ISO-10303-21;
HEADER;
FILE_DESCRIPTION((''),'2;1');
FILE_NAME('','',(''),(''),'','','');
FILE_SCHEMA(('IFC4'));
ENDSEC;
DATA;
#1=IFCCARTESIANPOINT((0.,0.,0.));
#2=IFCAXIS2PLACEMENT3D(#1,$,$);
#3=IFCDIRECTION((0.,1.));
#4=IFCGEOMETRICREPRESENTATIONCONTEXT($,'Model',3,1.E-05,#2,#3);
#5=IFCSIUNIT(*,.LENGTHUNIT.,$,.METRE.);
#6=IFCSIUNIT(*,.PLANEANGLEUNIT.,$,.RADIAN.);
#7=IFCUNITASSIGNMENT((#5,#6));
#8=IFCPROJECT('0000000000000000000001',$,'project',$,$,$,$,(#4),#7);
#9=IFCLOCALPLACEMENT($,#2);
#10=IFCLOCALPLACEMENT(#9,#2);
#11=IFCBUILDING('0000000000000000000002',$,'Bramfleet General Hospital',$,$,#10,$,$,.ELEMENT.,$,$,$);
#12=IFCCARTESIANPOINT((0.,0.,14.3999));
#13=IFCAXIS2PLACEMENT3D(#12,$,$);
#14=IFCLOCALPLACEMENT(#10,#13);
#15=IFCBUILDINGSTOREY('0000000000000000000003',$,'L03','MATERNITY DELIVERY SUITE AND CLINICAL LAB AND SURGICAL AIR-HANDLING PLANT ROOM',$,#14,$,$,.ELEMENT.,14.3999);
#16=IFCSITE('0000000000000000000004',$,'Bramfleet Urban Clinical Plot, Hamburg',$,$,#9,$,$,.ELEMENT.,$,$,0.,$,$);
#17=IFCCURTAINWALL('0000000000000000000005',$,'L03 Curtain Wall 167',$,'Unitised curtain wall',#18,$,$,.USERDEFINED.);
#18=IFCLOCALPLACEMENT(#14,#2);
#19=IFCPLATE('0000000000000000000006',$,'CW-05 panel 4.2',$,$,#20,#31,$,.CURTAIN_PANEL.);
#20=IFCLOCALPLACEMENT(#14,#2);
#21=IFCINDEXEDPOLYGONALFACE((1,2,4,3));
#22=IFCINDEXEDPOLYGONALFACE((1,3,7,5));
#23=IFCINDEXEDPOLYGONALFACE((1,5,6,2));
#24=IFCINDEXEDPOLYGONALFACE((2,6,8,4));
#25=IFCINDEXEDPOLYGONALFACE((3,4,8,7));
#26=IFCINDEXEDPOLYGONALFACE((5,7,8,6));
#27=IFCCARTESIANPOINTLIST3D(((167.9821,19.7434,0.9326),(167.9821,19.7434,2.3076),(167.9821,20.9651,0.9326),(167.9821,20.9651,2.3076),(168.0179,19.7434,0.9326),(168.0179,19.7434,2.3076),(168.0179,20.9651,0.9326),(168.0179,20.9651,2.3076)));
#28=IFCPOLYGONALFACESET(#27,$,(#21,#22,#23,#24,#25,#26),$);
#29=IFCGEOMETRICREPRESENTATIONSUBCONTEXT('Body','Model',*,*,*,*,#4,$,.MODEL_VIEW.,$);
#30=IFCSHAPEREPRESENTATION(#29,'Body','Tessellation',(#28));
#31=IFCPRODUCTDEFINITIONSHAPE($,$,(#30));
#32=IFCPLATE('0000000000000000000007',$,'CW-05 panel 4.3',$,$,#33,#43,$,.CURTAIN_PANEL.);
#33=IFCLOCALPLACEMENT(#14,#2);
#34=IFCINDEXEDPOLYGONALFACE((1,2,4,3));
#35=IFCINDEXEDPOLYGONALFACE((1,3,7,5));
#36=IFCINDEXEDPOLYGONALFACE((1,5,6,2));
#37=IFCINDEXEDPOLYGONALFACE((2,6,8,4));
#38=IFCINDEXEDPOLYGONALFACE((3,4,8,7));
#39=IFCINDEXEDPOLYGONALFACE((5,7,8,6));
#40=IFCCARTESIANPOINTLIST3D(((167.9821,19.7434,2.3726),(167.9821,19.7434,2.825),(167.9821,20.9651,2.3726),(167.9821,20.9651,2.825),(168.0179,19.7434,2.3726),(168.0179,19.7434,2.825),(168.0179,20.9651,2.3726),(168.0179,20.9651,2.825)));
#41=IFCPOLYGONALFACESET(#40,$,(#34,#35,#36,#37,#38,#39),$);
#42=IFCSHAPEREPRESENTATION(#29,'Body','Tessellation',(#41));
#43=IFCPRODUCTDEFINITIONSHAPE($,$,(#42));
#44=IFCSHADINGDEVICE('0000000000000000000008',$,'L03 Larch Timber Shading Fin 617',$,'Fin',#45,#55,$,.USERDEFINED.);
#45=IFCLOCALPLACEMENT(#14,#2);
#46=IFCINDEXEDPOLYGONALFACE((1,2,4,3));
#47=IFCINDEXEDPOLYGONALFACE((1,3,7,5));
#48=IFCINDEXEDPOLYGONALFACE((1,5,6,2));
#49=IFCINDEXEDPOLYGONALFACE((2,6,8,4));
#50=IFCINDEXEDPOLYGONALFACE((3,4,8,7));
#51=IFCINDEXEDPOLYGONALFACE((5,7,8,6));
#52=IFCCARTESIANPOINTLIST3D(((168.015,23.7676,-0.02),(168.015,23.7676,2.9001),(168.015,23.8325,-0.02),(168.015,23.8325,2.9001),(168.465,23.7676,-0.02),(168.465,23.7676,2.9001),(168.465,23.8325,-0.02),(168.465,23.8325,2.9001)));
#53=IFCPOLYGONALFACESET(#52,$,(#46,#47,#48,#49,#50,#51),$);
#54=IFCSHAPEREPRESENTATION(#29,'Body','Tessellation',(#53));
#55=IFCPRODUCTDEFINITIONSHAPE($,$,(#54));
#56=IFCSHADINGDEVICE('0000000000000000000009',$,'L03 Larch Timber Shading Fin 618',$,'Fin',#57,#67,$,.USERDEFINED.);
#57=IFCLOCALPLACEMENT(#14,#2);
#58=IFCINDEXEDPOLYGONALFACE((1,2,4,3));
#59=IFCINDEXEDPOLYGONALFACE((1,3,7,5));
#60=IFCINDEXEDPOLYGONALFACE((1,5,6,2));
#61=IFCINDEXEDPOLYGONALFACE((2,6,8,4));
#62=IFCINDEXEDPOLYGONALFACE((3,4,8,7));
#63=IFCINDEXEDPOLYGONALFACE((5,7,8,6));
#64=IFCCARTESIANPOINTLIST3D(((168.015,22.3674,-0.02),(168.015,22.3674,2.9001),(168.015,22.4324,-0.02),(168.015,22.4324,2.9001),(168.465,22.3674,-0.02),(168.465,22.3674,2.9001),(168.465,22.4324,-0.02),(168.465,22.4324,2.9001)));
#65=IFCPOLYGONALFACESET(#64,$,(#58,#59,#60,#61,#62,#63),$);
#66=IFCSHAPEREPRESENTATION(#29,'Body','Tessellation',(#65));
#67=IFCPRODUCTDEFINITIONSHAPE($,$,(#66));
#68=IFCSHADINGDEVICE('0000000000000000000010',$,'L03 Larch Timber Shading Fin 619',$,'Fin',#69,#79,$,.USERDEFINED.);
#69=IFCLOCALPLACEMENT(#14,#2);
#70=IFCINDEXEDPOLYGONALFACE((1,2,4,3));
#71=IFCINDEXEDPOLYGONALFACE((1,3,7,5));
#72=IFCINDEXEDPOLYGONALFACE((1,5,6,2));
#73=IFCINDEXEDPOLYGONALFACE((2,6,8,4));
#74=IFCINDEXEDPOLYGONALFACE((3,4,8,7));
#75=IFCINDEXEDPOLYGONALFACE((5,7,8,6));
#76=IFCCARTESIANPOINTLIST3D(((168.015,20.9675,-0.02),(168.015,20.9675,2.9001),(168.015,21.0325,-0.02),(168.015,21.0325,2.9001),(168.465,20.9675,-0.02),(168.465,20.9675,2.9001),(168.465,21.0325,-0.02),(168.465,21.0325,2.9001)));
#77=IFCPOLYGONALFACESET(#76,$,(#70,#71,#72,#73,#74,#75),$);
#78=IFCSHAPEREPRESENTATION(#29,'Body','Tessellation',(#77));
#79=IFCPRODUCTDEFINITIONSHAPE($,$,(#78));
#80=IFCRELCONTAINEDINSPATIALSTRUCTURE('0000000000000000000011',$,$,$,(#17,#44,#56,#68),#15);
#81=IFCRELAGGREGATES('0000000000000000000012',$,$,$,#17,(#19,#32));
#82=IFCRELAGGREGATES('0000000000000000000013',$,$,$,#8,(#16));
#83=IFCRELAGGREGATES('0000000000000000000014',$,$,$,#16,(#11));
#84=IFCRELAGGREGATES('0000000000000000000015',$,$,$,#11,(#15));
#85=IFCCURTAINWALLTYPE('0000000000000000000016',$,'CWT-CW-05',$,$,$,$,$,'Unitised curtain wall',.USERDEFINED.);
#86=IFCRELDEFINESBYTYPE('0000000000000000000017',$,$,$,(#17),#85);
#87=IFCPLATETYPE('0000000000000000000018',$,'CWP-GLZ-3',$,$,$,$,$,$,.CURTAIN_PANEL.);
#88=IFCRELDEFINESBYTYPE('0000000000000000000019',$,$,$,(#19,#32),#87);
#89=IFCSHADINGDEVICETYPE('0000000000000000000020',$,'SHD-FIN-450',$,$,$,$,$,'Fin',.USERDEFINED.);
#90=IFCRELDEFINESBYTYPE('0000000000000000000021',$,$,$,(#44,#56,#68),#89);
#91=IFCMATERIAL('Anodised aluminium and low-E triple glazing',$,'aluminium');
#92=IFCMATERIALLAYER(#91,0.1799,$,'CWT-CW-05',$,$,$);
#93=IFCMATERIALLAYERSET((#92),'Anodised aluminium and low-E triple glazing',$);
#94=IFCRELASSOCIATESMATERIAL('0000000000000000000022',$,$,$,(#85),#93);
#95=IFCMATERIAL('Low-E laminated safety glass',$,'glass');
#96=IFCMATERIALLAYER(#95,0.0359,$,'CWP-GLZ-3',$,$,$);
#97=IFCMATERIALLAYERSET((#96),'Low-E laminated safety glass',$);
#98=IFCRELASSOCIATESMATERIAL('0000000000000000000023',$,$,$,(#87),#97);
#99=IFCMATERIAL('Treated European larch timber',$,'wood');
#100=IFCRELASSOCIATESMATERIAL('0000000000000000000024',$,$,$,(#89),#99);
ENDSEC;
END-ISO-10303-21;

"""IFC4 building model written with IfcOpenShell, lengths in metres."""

from ifc_helpers import new_model, si_unit, direction, frame, origin, origin_2d, place, context, subcontext, project, spatial, rectangle, extrude, material, layer, layer_set, material_profile, profile_set, type_object, element, aggregate, save


model = new_model("IFC4")

# Units and contexts
model_context = context("Model", 3, precision=1e-05, world=origin(), true_north=direction((0.0, 1.0)))
body_context = subcontext(model_context, "Body", "Model", "MODEL_VIEW")
ifc_project = project(units=[si_unit("LENGTHUNIT", "METRE"), si_unit("PLANEANGLEUNIT", "RADIAN")], contexts=[model_context])

# Site, building, storey
site_placement = place(None, origin())
site = spatial("IfcSite", under=ifc_project, at=site_placement, Name="Bramfleet Urban Clinical Plot, Hamburg", CompositionType="ELEMENT", RefElevation=0.0)
building_placement = place(site_placement, origin())
building = spatial("IfcBuilding", under=site, at=building_placement, Name="Bramfleet General Hospital", CompositionType="ELEMENT")
storey_placement = place(building_placement, frame((0.0, 0.0, 14.3999)))
storey = spatial("IfcBuildingStorey", under=building, at=storey_placement, Name="L03", Description="MATERNITY DELIVERY SUITE AND CLINICAL LAB AND SURGICAL AIR-HANDLING PLANT ROOM", CompositionType="ELEMENT", Elevation=14.3999)

# Curtain wall, plates
ifc_material_1 = material(Name="Anodised aluminium and low-E triple glazing", Category="aluminium")
ifc_layer_1 = layer(ifc_material_1, 0.1799, Name="CWT-CW-05")
ifc_layer_set_1 = layer_set([ifc_layer_1], Name="Anodised aluminium and low-E triple glazing")
curtain_wall_type = type_object("IfcCurtainWallType", Name="CWT-CW-05", ElementType="Unitised curtain wall", PredefinedType="USERDEFINED", material=ifc_layer_set_1)
curtain_wall_placement = place(storey_placement, origin())
curtain_wall = element("IfcCurtainWall", 1, at=curtain_wall_placement, inside=storey, type_object=curtain_wall_type, Name="L03 Curtain Wall 167", ObjectType="Unitised curtain wall", PredefinedType="USERDEFINED")
ifc_material_2 = material(Name="Low-E laminated safety glass", Category="glass")
ifc_layer_2 = layer(ifc_material_2, 0.0359, Name="CWP-GLZ-3")
ifc_layer_set_2 = layer_set([ifc_layer_2], Name="Low-E laminated safety glass")
plate_type = type_object("IfcPlateType", Name="CWP-GLZ-3", PredefinedType="CURTAIN_PANEL", material=ifc_layer_set_2)
plate_1_placement = place(storey_placement, frame((168.0, 20.3542, 0.9326), z_axis=(0.0, 0.0, 1.0), x_axis=(0.0, -1.0, 0.0)))
plate_1 = element("IfcPlate", 2, at=plate_1_placement, type_object=plate_type, Name="CW-05 panel 4.2", PredefinedType="CURTAIN_PANEL", context=body_context, shape_type="SweptSolid", body=[
    extrude(rectangle(XDim=1.2217, YDim=0.0359, at=origin_2d()), origin(), (0.0, 0.0, 1.0), 1.375),
])
plate_2_placement = place(storey_placement, frame((168.0, 20.3542, 2.3726), z_axis=(0.0, 0.0, 1.0), x_axis=(0.0, -1.0, 0.0)))
plate_2 = element("IfcPlate", 3, at=plate_2_placement, type_object=plate_type, Name="CW-05 panel 4.3", PredefinedType="CURTAIN_PANEL", context=body_context, shape_type="SweptSolid", body=[
    extrude(rectangle(XDim=1.2217, YDim=0.0359, at=origin_2d()), origin(), (0.0, 0.0, 1.0), 0.4524),
])
aggregate(curtain_wall, [plate_1, plate_2])

# Shading devices
ifc_material_3 = material(Name="Treated European larch timber", Category="wood")
ifc_material_profile_1 = material_profile(ifc_material_3, rectangle(XDim=0.0649, YDim=0.45, at=origin_2d()), Name="LARCH FIN 450x65")
ifc_profile_set_1 = profile_set([ifc_material_profile_1], Name="Treated European larch timber")
shading_device_type = type_object("IfcShadingDeviceType", Name="SHD-FIN-450", ElementType="Fin", PredefinedType="USERDEFINED", material=ifc_profile_set_1)
for number, where, z_axis, x_axis, name in (
    (4, (168.24, 23.8, -0.02), (0.0, 0.0, 1.0), (0.0, -1.0, 0.0), "L03 Larch Timber Shading Fin 617"),
    (5, (168.24, 22.3999, -0.02), (0.0, 0.0, 1.0), (0.0, -1.0, 0.0), "L03 Larch Timber Shading Fin 618"),
    (6, (168.24, 21.0, -0.02), (0.0, 0.0, 1.0), (0.0, -1.0, 0.0), "L03 Larch Timber Shading Fin 619"),
):
    element("IfcShadingDevice", number, at=place(storey_placement, frame(where, z_axis=z_axis, x_axis=x_axis)), inside=storey, type_object=shading_device_type, Name=name, ObjectType="Fin", PredefinedType="USERDEFINED", context=body_context, shape_type="SweptSolid", body=[
        extrude(rectangle(XDim=0.0649, YDim=0.45, at=origin_2d()), origin(), (0.0, 0.0, 1.0), 2.9202),
    ])

save(model, "model.ifc")
